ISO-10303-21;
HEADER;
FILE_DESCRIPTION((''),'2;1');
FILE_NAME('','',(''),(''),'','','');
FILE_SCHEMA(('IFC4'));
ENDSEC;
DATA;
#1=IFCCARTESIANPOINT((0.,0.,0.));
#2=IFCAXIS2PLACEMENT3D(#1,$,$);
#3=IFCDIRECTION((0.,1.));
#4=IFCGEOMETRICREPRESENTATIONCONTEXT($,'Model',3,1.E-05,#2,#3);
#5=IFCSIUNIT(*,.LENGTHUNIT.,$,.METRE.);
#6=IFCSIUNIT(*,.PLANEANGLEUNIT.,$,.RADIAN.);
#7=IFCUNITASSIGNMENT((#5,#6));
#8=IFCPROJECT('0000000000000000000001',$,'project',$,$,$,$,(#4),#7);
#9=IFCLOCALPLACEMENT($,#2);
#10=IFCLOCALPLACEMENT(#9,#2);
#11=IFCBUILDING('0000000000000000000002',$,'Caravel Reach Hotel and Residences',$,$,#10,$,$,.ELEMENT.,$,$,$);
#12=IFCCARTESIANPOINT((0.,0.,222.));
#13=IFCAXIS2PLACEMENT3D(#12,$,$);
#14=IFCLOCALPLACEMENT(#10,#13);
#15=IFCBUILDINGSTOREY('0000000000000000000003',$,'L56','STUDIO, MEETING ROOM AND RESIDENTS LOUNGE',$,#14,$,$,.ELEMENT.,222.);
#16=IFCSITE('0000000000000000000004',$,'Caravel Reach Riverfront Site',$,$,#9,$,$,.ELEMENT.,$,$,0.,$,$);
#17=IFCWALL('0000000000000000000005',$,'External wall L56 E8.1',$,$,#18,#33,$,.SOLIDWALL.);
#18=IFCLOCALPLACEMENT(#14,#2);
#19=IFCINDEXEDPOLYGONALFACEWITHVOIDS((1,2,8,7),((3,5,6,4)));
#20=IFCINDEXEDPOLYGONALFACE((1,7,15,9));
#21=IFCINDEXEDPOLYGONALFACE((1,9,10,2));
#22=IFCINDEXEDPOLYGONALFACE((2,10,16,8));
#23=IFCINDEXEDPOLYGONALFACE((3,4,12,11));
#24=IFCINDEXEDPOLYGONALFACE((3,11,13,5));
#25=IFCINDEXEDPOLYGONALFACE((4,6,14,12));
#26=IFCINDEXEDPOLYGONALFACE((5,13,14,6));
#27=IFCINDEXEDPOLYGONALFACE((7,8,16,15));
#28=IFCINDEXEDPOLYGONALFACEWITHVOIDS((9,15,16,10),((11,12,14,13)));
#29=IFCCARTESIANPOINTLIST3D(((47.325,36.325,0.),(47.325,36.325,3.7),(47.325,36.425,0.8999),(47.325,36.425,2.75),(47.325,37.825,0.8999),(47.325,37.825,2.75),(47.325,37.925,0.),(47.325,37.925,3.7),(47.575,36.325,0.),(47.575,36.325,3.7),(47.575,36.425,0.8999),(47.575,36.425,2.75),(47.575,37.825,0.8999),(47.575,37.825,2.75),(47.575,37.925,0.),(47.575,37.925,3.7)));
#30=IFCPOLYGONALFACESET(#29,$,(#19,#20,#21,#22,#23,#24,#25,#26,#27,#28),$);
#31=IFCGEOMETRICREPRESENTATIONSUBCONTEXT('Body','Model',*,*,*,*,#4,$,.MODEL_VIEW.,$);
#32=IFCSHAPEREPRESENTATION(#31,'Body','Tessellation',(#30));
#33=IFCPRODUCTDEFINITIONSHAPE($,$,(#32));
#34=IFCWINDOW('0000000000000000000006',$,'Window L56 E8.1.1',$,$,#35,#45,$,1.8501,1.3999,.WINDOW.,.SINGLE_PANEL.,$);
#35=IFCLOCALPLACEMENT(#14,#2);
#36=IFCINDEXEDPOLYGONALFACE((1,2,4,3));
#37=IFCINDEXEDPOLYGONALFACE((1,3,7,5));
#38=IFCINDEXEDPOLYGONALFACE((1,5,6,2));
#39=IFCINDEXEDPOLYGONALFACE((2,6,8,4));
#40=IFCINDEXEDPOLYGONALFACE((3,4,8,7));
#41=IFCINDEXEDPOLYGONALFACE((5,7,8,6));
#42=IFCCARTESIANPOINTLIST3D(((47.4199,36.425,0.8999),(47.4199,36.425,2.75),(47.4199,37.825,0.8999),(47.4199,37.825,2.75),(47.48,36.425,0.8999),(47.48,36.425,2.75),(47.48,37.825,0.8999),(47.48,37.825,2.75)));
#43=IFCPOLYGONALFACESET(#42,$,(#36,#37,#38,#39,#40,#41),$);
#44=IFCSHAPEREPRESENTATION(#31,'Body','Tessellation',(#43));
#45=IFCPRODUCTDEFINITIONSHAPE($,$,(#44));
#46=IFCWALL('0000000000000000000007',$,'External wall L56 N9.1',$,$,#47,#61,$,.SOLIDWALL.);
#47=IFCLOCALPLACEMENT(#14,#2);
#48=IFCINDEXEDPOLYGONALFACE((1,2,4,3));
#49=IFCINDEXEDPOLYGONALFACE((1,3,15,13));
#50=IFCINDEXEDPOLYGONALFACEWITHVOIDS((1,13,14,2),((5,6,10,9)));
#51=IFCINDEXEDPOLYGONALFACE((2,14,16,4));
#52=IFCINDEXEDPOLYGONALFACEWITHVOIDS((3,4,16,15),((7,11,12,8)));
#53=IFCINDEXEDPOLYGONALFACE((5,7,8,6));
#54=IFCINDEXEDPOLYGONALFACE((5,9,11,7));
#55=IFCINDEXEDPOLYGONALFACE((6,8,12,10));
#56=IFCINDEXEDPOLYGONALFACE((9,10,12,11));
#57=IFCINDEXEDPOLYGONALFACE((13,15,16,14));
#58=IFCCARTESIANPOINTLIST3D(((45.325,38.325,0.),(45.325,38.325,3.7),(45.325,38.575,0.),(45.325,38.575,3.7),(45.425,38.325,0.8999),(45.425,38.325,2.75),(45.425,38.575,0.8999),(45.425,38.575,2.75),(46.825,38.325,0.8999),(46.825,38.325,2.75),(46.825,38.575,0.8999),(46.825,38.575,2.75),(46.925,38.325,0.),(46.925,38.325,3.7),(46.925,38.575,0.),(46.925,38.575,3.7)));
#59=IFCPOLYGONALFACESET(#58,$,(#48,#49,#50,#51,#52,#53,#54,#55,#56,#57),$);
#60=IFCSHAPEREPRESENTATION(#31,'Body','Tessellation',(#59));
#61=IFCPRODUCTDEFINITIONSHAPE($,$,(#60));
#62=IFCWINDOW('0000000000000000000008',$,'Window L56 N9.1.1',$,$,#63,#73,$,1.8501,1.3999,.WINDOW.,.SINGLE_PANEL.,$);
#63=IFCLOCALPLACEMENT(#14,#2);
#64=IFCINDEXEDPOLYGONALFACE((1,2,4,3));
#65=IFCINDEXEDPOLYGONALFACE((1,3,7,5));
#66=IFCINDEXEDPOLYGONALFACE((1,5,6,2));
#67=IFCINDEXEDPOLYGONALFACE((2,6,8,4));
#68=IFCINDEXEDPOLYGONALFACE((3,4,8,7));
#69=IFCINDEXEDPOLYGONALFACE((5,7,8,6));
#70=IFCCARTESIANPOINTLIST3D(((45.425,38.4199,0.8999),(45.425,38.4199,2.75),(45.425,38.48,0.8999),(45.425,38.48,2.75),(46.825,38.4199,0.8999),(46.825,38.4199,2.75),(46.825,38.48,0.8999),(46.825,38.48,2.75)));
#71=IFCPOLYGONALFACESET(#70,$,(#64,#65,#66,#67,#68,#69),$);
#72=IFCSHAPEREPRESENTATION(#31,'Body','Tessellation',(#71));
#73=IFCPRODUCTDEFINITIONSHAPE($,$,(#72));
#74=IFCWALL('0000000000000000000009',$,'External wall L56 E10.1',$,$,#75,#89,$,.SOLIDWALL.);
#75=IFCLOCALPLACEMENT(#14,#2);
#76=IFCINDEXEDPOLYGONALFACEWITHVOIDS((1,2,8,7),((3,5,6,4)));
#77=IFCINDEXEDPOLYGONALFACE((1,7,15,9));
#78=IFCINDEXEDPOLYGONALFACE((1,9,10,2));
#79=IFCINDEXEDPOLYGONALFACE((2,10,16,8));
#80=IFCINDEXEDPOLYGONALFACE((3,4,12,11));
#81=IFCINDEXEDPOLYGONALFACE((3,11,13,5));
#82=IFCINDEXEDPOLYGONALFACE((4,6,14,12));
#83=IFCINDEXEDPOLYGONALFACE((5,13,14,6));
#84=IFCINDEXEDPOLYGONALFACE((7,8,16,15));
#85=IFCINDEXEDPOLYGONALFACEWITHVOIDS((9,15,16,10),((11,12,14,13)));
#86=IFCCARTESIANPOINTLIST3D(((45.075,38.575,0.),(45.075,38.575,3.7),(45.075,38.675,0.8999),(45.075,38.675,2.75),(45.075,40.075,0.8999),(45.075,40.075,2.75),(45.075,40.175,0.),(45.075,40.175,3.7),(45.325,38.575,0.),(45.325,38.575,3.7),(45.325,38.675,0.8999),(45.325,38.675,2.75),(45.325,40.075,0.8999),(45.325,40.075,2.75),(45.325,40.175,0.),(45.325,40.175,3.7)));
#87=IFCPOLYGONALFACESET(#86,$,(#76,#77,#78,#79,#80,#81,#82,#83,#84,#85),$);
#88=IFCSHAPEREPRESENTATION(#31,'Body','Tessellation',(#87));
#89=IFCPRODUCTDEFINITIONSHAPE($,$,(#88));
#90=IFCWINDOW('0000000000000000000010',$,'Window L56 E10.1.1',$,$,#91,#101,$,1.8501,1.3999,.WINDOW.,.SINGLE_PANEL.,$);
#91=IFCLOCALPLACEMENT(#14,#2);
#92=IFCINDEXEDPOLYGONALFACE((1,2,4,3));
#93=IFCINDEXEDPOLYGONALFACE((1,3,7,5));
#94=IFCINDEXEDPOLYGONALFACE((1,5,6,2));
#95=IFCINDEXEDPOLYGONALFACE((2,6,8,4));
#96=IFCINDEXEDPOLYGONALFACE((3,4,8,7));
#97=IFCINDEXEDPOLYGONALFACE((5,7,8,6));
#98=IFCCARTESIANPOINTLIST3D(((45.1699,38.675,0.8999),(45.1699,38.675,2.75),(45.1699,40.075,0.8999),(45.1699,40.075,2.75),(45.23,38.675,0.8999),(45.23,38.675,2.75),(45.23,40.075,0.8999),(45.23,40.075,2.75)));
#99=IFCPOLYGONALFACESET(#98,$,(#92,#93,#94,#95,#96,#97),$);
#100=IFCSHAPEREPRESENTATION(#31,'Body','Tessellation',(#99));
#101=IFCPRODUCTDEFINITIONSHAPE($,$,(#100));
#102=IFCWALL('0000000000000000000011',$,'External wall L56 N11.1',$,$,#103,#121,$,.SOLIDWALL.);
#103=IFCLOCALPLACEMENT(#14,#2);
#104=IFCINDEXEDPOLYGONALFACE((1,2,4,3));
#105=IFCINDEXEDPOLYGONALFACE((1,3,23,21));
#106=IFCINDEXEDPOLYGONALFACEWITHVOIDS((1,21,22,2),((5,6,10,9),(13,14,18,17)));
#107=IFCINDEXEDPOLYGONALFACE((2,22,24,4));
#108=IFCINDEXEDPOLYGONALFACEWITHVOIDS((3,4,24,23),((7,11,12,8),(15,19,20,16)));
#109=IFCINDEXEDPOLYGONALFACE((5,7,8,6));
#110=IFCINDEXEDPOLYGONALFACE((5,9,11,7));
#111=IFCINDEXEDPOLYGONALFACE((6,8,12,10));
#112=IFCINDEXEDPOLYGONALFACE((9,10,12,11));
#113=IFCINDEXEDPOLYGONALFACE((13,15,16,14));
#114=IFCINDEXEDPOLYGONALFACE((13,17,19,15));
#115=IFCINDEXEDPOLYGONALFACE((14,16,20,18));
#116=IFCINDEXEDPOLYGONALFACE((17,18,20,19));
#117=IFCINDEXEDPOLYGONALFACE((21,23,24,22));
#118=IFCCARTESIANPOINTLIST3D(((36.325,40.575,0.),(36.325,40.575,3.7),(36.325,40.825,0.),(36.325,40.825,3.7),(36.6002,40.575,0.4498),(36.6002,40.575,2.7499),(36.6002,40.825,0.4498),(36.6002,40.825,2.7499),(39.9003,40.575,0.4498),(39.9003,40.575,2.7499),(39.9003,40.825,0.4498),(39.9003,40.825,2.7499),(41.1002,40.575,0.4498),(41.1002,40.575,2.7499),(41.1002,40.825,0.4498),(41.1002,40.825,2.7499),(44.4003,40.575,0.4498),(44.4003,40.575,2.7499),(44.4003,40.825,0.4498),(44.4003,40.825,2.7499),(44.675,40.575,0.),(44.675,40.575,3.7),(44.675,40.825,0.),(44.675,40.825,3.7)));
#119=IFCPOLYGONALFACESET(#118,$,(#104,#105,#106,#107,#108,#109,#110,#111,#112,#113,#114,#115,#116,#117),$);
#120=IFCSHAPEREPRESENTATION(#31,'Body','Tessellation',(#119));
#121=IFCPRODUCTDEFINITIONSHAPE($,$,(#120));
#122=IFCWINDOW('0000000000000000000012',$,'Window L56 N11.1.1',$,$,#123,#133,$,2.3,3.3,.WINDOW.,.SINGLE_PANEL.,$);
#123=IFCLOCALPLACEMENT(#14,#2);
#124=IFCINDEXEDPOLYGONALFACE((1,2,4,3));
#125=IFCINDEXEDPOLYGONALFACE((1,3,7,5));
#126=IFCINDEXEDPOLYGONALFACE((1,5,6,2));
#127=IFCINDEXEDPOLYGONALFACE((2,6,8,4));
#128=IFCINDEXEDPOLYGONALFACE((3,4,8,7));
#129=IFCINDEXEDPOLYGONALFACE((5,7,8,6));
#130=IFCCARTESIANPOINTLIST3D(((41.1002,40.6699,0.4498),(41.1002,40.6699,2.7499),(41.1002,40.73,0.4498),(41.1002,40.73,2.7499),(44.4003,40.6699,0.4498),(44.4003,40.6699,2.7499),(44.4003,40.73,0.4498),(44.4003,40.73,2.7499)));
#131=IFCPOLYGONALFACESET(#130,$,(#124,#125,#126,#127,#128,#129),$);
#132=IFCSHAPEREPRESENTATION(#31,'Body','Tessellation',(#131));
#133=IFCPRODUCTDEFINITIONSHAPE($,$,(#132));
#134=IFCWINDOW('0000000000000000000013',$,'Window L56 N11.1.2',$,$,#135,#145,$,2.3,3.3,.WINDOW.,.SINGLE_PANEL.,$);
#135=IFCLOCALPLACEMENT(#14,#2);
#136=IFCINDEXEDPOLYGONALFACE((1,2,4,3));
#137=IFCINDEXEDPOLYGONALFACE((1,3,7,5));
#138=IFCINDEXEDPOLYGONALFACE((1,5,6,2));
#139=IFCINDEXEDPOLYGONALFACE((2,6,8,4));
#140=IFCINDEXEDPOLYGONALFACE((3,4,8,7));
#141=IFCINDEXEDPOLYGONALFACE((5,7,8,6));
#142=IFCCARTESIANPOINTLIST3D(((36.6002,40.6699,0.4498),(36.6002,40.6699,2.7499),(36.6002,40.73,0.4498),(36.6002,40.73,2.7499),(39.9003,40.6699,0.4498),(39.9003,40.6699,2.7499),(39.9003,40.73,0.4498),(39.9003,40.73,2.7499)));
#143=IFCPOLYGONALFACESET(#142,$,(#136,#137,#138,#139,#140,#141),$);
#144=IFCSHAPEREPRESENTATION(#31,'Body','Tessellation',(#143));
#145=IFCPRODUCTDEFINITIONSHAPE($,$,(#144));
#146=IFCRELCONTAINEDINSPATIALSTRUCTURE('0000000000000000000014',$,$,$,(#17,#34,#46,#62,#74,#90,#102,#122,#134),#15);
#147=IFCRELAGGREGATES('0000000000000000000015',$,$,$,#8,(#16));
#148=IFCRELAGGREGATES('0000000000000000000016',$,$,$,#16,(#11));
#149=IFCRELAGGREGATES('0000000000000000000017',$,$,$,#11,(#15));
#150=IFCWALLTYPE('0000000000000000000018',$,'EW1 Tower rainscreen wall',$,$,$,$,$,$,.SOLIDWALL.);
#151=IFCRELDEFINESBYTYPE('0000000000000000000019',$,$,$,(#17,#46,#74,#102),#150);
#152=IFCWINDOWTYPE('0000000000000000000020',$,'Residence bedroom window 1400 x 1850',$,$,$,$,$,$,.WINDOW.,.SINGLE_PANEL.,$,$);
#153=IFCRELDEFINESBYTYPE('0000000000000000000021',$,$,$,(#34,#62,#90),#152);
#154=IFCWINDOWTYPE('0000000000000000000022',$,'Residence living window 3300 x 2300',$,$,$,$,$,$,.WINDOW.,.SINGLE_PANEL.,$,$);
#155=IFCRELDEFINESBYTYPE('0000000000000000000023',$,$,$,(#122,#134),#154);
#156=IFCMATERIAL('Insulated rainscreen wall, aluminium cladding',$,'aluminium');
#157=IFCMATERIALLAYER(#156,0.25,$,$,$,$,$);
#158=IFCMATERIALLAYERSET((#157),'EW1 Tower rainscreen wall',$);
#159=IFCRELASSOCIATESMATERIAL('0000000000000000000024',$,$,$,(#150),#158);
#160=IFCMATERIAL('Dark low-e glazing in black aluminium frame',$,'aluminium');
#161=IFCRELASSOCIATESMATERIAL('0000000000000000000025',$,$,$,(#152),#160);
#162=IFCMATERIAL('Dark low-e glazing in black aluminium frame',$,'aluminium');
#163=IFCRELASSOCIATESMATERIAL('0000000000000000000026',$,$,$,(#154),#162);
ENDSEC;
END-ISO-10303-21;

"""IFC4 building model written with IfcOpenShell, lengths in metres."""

from ifc_helpers import new_model, si_unit, direction, frame, frame_2d, origin, place, context, subcontext, project, spatial, rectangle, extrude, material, layer, layer_set, type_object, element, fill, save


model = new_model("IFC4")

# Units and contexts
model_context = context("Model", 3, precision=1e-05, world=origin(), true_north=direction((0.0, 1.0)))
body_context = subcontext(model_context, "Body", "Model", "MODEL_VIEW")
ifc_project = project(units=[si_unit("LENGTHUNIT", "METRE"), si_unit("PLANEANGLEUNIT", "RADIAN")], contexts=[model_context])

# Site, building, storey
site_placement = place(None, origin())
site = spatial("IfcSite", under=ifc_project, at=site_placement, Name="Caravel Reach Riverfront Site", CompositionType="ELEMENT", RefElevation=0.0)
building_placement = place(site_placement, origin())
building = spatial("IfcBuilding", under=site, at=building_placement, Name="Caravel Reach Hotel and Residences", CompositionType="ELEMENT")
storey_placement = place(building_placement, frame((0.0, 0.0, 222.0)))
storey = spatial("IfcBuildingStorey", under=building, at=storey_placement, Name="L56", Description="STUDIO, MEETING ROOM AND RESIDENTS LOUNGE", CompositionType="ELEMENT", Elevation=222.0)

# Walls, openings, windows
ifc_material_1 = material(Name="Insulated rainscreen wall, aluminium cladding", Category="aluminium")
ifc_layer_1 = layer(ifc_material_1, 0.25)
ifc_layer_set_1 = layer_set([ifc_layer_1], Name="EW1 Tower rainscreen wall")
wall_type_1 = type_object("IfcWallType", Name="EW1 Tower rainscreen wall", PredefinedType="SOLIDWALL", material=ifc_layer_set_1)
ifc_material_2 = material(Name="Dark low-e glazing in black aluminium frame", Category="aluminium")
window_type_1 = type_object("IfcWindowType", Name="Residence bedroom window 1400 x 1850", PartitioningType="SINGLE_PANEL", PredefinedType="WINDOW", material=ifc_material_2)
wall_1_placement = place(storey_placement, frame((47.45, 36.325, 0.0), z_axis=(0.0, 0.0, 1.0), x_axis=(0.0, 1.0, 0.0)))
wall_1 = element("IfcWall", 1, at=wall_1_placement, inside=storey, type_object=wall_type_1, Name="External wall L56 E8.1", PredefinedType="SOLIDWALL", context=body_context, shape_type="SweptSolid", body=[
    extrude(rectangle(XDim=1.6001, YDim=0.25, at=frame_2d((0.8, 0.0))), origin(), (0.0, 0.0, 1.0), 3.7),
])
opening_1_placement = place(wall_1_placement, frame((0.1001, 0.0, 0.8999)))
opening_1 = element("IfcOpeningElement", 2, at=opening_1_placement, cuts=wall_1, PredefinedType="OPENING", context=body_context, shape_type="SweptSolid", body=[
    extrude(rectangle(XDim=1.3999, YDim=1.8501, at=frame_2d((0.7, 0.925))), frame((0.0, 0.135, 0.0), z_axis=(0.0, -1.0, 0.0), x_axis=(1.0, 0.0, 0.0)), (0.0, 0.0, 1.0), 0.27),
])
window_1_placement = place(opening_1_placement, origin())
window_1 = element("IfcWindow", 3, at=window_1_placement, inside=storey, type_object=window_type_1, Name="Window L56 E8.1.1", OverallHeight=1.8501, OverallWidth=1.3999, PartitioningType="SINGLE_PANEL", PredefinedType="WINDOW", context=body_context, shape_type="SweptSolid", body=[
    extrude(rectangle(XDim=1.3999, YDim=1.8501, at=frame_2d((0.7, 0.925))), frame((0.0, 0.03, 0.0), z_axis=(0.0, -1.0, 0.0), x_axis=(1.0, 0.0, 0.0)), (0.0, 0.0, 1.0), 0.0601),
])
fill(opening_1, window_1)
wall_2_placement = place(storey_placement, frame((46.925, 38.45, 0.0), z_axis=(0.0, 0.0, 1.0), x_axis=(-1.0, 0.0, 0.0)))
wall_2 = element("IfcWall", 4, at=wall_2_placement, inside=storey, type_object=wall_type_1, Name="External wall L56 N9.1", PredefinedType="SOLIDWALL", context=body_context, shape_type="SweptSolid", body=[
    extrude(rectangle(XDim=1.6001, YDim=0.25, at=frame_2d((0.8, 0.0))), origin(), (0.0, 0.0, 1.0), 3.7),
])
opening_2_placement = place(wall_2_placement, frame((0.1001, 0.0, 0.8999)))
opening_2 = element("IfcOpeningElement", 5, at=opening_2_placement, cuts=wall_2, PredefinedType="OPENING", context=body_context, shape_type="SweptSolid", body=[
    extrude(rectangle(XDim=1.3999, YDim=1.8501, at=frame_2d((0.7, 0.925))), frame((0.0, 0.135, 0.0), z_axis=(0.0, -1.0, 0.0), x_axis=(1.0, 0.0, 0.0)), (0.0, 0.0, 1.0), 0.27),
])
window_2_placement = place(opening_2_placement, origin())
window_2 = element("IfcWindow", 6, at=window_2_placement, inside=storey, type_object=window_type_1, Name="Window L56 N9.1.1", OverallHeight=1.8501, OverallWidth=1.3999, PartitioningType="SINGLE_PANEL", PredefinedType="WINDOW", context=body_context, shape_type="SweptSolid", body=[
    extrude(rectangle(XDim=1.3999, YDim=1.8501, at=frame_2d((0.7, 0.925))), frame((0.0, 0.03, 0.0), z_axis=(0.0, -1.0, 0.0), x_axis=(1.0, 0.0, 0.0)), (0.0, 0.0, 1.0), 0.0601),
])
fill(opening_2, window_2)
wall_3_placement = place(storey_placement, frame((45.2, 38.575, 0.0), z_axis=(0.0, 0.0, 1.0), x_axis=(0.0, 1.0, 0.0)))
wall_3 = element("IfcWall", 7, at=wall_3_placement, inside=storey, type_object=wall_type_1, Name="External wall L56 E10.1", PredefinedType="SOLIDWALL", context=body_context, shape_type="SweptSolid", body=[
    extrude(rectangle(XDim=1.6001, YDim=0.25, at=frame_2d((0.8, 0.0))), origin(), (0.0, 0.0, 1.0), 3.7),
])
opening_3_placement = place(wall_3_placement, frame((0.1001, 0.0, 0.8999)))
opening_3 = element("IfcOpeningElement", 8, at=opening_3_placement, cuts=wall_3, PredefinedType="OPENING", context=body_context, shape_type="SweptSolid", body=[
    extrude(rectangle(XDim=1.3999, YDim=1.8501, at=frame_2d((0.7, 0.925))), frame((0.0, 0.135, 0.0), z_axis=(0.0, -1.0, 0.0), x_axis=(1.0, 0.0, 0.0)), (0.0, 0.0, 1.0), 0.27),
])
window_3_placement = place(opening_3_placement, origin())
window_3 = element("IfcWindow", 9, at=window_3_placement, inside=storey, type_object=window_type_1, Name="Window L56 E10.1.1", OverallHeight=1.8501, OverallWidth=1.3999, PartitioningType="SINGLE_PANEL", PredefinedType="WINDOW", context=body_context, shape_type="SweptSolid", body=[
    extrude(rectangle(XDim=1.3999, YDim=1.8501, at=frame_2d((0.7, 0.925))), frame((0.0, 0.03, 0.0), z_axis=(0.0, -1.0, 0.0), x_axis=(1.0, 0.0, 0.0)), (0.0, 0.0, 1.0), 0.0601),
])
fill(opening_3, window_3)

# Wall, openings, windows
wall_4_placement = place(storey_placement, frame((44.675, 40.7, 0.0), z_axis=(0.0, 0.0, 1.0), x_axis=(-1.0, 0.0, 0.0)))
wall_4 = element("IfcWall", 10, at=wall_4_placement, inside=storey, type_object=wall_type_1, Name="External wall L56 N11.1", PredefinedType="SOLIDWALL", context=body_context, shape_type="SweptSolid", body=[
    extrude(rectangle(XDim=8.3501, YDim=0.25, at=frame_2d((4.175, 0.0))), origin(), (0.0, 0.0, 1.0), 3.7),
])
opening_4_placement = place(wall_4_placement, frame((0.2749, 0.0, 0.45)))
opening_4 = element("IfcOpeningElement", 11, at=opening_4_placement, cuts=wall_4, PredefinedType="OPENING", context=body_context, shape_type="SweptSolid", body=[
    extrude(rectangle(XDim=3.3, YDim=2.3, at=frame_2d((1.6499, 1.1499))), frame((0.0, 0.135, 0.0), z_axis=(0.0, -1.0, 0.0), x_axis=(1.0, 0.0, 0.0)), (0.0, 0.0, 1.0), 0.27),
])
opening_5_placement = place(wall_4_placement, frame((4.7749, 0.0, 0.45)))
opening_5 = element("IfcOpeningElement", 12, at=opening_5_placement, cuts=wall_4, PredefinedType="OPENING", context=body_context, shape_type="SweptSolid", body=[
    extrude(rectangle(XDim=3.3, YDim=2.3, at=frame_2d((1.6499, 1.1499))), frame((0.0, 0.135, 0.0), z_axis=(0.0, -1.0, 0.0), x_axis=(1.0, 0.0, 0.0)), (0.0, 0.0, 1.0), 0.27),
])
ifc_material_3 = material(Name="Dark low-e glazing in black aluminium frame", Category="aluminium")
window_type_2 = type_object("IfcWindowType", Name="Residence living window 3300 x 2300", PartitioningType="SINGLE_PANEL", PredefinedType="WINDOW", material=ifc_material_3)
window_4_placement = place(opening_4_placement, origin())
window_4 = element("IfcWindow", 13, at=window_4_placement, inside=storey, type_object=window_type_2, Name="Window L56 N11.1.1", OverallHeight=2.3, OverallWidth=3.3, PartitioningType="SINGLE_PANEL", PredefinedType="WINDOW", context=body_context, shape_type="SweptSolid", body=[
    extrude(rectangle(XDim=3.3, YDim=2.3, at=frame_2d((1.6499, 1.1499))), frame((0.0, 0.03, 0.0), z_axis=(0.0, -1.0, 0.0), x_axis=(1.0, 0.0, 0.0)), (0.0, 0.0, 1.0), 0.0601),
])
fill(opening_4, window_4)
window_5_placement = place(opening_5_placement, origin())
window_5 = element("IfcWindow", 14, at=window_5_placement, inside=storey, type_object=window_type_2, Name="Window L56 N11.1.2", OverallHeight=2.3, OverallWidth=3.3, PartitioningType="SINGLE_PANEL", PredefinedType="WINDOW", context=body_context, shape_type="SweptSolid", body=[
    extrude(rectangle(XDim=3.3, YDim=2.3, at=frame_2d((1.6499, 1.1499))), frame((0.0, 0.03, 0.0), z_axis=(0.0, -1.0, 0.0), x_axis=(1.0, 0.0, 0.0)), (0.0, 0.0, 1.0), 0.0601),
])
fill(opening_5, window_5)

save(model, "model.ifc")
